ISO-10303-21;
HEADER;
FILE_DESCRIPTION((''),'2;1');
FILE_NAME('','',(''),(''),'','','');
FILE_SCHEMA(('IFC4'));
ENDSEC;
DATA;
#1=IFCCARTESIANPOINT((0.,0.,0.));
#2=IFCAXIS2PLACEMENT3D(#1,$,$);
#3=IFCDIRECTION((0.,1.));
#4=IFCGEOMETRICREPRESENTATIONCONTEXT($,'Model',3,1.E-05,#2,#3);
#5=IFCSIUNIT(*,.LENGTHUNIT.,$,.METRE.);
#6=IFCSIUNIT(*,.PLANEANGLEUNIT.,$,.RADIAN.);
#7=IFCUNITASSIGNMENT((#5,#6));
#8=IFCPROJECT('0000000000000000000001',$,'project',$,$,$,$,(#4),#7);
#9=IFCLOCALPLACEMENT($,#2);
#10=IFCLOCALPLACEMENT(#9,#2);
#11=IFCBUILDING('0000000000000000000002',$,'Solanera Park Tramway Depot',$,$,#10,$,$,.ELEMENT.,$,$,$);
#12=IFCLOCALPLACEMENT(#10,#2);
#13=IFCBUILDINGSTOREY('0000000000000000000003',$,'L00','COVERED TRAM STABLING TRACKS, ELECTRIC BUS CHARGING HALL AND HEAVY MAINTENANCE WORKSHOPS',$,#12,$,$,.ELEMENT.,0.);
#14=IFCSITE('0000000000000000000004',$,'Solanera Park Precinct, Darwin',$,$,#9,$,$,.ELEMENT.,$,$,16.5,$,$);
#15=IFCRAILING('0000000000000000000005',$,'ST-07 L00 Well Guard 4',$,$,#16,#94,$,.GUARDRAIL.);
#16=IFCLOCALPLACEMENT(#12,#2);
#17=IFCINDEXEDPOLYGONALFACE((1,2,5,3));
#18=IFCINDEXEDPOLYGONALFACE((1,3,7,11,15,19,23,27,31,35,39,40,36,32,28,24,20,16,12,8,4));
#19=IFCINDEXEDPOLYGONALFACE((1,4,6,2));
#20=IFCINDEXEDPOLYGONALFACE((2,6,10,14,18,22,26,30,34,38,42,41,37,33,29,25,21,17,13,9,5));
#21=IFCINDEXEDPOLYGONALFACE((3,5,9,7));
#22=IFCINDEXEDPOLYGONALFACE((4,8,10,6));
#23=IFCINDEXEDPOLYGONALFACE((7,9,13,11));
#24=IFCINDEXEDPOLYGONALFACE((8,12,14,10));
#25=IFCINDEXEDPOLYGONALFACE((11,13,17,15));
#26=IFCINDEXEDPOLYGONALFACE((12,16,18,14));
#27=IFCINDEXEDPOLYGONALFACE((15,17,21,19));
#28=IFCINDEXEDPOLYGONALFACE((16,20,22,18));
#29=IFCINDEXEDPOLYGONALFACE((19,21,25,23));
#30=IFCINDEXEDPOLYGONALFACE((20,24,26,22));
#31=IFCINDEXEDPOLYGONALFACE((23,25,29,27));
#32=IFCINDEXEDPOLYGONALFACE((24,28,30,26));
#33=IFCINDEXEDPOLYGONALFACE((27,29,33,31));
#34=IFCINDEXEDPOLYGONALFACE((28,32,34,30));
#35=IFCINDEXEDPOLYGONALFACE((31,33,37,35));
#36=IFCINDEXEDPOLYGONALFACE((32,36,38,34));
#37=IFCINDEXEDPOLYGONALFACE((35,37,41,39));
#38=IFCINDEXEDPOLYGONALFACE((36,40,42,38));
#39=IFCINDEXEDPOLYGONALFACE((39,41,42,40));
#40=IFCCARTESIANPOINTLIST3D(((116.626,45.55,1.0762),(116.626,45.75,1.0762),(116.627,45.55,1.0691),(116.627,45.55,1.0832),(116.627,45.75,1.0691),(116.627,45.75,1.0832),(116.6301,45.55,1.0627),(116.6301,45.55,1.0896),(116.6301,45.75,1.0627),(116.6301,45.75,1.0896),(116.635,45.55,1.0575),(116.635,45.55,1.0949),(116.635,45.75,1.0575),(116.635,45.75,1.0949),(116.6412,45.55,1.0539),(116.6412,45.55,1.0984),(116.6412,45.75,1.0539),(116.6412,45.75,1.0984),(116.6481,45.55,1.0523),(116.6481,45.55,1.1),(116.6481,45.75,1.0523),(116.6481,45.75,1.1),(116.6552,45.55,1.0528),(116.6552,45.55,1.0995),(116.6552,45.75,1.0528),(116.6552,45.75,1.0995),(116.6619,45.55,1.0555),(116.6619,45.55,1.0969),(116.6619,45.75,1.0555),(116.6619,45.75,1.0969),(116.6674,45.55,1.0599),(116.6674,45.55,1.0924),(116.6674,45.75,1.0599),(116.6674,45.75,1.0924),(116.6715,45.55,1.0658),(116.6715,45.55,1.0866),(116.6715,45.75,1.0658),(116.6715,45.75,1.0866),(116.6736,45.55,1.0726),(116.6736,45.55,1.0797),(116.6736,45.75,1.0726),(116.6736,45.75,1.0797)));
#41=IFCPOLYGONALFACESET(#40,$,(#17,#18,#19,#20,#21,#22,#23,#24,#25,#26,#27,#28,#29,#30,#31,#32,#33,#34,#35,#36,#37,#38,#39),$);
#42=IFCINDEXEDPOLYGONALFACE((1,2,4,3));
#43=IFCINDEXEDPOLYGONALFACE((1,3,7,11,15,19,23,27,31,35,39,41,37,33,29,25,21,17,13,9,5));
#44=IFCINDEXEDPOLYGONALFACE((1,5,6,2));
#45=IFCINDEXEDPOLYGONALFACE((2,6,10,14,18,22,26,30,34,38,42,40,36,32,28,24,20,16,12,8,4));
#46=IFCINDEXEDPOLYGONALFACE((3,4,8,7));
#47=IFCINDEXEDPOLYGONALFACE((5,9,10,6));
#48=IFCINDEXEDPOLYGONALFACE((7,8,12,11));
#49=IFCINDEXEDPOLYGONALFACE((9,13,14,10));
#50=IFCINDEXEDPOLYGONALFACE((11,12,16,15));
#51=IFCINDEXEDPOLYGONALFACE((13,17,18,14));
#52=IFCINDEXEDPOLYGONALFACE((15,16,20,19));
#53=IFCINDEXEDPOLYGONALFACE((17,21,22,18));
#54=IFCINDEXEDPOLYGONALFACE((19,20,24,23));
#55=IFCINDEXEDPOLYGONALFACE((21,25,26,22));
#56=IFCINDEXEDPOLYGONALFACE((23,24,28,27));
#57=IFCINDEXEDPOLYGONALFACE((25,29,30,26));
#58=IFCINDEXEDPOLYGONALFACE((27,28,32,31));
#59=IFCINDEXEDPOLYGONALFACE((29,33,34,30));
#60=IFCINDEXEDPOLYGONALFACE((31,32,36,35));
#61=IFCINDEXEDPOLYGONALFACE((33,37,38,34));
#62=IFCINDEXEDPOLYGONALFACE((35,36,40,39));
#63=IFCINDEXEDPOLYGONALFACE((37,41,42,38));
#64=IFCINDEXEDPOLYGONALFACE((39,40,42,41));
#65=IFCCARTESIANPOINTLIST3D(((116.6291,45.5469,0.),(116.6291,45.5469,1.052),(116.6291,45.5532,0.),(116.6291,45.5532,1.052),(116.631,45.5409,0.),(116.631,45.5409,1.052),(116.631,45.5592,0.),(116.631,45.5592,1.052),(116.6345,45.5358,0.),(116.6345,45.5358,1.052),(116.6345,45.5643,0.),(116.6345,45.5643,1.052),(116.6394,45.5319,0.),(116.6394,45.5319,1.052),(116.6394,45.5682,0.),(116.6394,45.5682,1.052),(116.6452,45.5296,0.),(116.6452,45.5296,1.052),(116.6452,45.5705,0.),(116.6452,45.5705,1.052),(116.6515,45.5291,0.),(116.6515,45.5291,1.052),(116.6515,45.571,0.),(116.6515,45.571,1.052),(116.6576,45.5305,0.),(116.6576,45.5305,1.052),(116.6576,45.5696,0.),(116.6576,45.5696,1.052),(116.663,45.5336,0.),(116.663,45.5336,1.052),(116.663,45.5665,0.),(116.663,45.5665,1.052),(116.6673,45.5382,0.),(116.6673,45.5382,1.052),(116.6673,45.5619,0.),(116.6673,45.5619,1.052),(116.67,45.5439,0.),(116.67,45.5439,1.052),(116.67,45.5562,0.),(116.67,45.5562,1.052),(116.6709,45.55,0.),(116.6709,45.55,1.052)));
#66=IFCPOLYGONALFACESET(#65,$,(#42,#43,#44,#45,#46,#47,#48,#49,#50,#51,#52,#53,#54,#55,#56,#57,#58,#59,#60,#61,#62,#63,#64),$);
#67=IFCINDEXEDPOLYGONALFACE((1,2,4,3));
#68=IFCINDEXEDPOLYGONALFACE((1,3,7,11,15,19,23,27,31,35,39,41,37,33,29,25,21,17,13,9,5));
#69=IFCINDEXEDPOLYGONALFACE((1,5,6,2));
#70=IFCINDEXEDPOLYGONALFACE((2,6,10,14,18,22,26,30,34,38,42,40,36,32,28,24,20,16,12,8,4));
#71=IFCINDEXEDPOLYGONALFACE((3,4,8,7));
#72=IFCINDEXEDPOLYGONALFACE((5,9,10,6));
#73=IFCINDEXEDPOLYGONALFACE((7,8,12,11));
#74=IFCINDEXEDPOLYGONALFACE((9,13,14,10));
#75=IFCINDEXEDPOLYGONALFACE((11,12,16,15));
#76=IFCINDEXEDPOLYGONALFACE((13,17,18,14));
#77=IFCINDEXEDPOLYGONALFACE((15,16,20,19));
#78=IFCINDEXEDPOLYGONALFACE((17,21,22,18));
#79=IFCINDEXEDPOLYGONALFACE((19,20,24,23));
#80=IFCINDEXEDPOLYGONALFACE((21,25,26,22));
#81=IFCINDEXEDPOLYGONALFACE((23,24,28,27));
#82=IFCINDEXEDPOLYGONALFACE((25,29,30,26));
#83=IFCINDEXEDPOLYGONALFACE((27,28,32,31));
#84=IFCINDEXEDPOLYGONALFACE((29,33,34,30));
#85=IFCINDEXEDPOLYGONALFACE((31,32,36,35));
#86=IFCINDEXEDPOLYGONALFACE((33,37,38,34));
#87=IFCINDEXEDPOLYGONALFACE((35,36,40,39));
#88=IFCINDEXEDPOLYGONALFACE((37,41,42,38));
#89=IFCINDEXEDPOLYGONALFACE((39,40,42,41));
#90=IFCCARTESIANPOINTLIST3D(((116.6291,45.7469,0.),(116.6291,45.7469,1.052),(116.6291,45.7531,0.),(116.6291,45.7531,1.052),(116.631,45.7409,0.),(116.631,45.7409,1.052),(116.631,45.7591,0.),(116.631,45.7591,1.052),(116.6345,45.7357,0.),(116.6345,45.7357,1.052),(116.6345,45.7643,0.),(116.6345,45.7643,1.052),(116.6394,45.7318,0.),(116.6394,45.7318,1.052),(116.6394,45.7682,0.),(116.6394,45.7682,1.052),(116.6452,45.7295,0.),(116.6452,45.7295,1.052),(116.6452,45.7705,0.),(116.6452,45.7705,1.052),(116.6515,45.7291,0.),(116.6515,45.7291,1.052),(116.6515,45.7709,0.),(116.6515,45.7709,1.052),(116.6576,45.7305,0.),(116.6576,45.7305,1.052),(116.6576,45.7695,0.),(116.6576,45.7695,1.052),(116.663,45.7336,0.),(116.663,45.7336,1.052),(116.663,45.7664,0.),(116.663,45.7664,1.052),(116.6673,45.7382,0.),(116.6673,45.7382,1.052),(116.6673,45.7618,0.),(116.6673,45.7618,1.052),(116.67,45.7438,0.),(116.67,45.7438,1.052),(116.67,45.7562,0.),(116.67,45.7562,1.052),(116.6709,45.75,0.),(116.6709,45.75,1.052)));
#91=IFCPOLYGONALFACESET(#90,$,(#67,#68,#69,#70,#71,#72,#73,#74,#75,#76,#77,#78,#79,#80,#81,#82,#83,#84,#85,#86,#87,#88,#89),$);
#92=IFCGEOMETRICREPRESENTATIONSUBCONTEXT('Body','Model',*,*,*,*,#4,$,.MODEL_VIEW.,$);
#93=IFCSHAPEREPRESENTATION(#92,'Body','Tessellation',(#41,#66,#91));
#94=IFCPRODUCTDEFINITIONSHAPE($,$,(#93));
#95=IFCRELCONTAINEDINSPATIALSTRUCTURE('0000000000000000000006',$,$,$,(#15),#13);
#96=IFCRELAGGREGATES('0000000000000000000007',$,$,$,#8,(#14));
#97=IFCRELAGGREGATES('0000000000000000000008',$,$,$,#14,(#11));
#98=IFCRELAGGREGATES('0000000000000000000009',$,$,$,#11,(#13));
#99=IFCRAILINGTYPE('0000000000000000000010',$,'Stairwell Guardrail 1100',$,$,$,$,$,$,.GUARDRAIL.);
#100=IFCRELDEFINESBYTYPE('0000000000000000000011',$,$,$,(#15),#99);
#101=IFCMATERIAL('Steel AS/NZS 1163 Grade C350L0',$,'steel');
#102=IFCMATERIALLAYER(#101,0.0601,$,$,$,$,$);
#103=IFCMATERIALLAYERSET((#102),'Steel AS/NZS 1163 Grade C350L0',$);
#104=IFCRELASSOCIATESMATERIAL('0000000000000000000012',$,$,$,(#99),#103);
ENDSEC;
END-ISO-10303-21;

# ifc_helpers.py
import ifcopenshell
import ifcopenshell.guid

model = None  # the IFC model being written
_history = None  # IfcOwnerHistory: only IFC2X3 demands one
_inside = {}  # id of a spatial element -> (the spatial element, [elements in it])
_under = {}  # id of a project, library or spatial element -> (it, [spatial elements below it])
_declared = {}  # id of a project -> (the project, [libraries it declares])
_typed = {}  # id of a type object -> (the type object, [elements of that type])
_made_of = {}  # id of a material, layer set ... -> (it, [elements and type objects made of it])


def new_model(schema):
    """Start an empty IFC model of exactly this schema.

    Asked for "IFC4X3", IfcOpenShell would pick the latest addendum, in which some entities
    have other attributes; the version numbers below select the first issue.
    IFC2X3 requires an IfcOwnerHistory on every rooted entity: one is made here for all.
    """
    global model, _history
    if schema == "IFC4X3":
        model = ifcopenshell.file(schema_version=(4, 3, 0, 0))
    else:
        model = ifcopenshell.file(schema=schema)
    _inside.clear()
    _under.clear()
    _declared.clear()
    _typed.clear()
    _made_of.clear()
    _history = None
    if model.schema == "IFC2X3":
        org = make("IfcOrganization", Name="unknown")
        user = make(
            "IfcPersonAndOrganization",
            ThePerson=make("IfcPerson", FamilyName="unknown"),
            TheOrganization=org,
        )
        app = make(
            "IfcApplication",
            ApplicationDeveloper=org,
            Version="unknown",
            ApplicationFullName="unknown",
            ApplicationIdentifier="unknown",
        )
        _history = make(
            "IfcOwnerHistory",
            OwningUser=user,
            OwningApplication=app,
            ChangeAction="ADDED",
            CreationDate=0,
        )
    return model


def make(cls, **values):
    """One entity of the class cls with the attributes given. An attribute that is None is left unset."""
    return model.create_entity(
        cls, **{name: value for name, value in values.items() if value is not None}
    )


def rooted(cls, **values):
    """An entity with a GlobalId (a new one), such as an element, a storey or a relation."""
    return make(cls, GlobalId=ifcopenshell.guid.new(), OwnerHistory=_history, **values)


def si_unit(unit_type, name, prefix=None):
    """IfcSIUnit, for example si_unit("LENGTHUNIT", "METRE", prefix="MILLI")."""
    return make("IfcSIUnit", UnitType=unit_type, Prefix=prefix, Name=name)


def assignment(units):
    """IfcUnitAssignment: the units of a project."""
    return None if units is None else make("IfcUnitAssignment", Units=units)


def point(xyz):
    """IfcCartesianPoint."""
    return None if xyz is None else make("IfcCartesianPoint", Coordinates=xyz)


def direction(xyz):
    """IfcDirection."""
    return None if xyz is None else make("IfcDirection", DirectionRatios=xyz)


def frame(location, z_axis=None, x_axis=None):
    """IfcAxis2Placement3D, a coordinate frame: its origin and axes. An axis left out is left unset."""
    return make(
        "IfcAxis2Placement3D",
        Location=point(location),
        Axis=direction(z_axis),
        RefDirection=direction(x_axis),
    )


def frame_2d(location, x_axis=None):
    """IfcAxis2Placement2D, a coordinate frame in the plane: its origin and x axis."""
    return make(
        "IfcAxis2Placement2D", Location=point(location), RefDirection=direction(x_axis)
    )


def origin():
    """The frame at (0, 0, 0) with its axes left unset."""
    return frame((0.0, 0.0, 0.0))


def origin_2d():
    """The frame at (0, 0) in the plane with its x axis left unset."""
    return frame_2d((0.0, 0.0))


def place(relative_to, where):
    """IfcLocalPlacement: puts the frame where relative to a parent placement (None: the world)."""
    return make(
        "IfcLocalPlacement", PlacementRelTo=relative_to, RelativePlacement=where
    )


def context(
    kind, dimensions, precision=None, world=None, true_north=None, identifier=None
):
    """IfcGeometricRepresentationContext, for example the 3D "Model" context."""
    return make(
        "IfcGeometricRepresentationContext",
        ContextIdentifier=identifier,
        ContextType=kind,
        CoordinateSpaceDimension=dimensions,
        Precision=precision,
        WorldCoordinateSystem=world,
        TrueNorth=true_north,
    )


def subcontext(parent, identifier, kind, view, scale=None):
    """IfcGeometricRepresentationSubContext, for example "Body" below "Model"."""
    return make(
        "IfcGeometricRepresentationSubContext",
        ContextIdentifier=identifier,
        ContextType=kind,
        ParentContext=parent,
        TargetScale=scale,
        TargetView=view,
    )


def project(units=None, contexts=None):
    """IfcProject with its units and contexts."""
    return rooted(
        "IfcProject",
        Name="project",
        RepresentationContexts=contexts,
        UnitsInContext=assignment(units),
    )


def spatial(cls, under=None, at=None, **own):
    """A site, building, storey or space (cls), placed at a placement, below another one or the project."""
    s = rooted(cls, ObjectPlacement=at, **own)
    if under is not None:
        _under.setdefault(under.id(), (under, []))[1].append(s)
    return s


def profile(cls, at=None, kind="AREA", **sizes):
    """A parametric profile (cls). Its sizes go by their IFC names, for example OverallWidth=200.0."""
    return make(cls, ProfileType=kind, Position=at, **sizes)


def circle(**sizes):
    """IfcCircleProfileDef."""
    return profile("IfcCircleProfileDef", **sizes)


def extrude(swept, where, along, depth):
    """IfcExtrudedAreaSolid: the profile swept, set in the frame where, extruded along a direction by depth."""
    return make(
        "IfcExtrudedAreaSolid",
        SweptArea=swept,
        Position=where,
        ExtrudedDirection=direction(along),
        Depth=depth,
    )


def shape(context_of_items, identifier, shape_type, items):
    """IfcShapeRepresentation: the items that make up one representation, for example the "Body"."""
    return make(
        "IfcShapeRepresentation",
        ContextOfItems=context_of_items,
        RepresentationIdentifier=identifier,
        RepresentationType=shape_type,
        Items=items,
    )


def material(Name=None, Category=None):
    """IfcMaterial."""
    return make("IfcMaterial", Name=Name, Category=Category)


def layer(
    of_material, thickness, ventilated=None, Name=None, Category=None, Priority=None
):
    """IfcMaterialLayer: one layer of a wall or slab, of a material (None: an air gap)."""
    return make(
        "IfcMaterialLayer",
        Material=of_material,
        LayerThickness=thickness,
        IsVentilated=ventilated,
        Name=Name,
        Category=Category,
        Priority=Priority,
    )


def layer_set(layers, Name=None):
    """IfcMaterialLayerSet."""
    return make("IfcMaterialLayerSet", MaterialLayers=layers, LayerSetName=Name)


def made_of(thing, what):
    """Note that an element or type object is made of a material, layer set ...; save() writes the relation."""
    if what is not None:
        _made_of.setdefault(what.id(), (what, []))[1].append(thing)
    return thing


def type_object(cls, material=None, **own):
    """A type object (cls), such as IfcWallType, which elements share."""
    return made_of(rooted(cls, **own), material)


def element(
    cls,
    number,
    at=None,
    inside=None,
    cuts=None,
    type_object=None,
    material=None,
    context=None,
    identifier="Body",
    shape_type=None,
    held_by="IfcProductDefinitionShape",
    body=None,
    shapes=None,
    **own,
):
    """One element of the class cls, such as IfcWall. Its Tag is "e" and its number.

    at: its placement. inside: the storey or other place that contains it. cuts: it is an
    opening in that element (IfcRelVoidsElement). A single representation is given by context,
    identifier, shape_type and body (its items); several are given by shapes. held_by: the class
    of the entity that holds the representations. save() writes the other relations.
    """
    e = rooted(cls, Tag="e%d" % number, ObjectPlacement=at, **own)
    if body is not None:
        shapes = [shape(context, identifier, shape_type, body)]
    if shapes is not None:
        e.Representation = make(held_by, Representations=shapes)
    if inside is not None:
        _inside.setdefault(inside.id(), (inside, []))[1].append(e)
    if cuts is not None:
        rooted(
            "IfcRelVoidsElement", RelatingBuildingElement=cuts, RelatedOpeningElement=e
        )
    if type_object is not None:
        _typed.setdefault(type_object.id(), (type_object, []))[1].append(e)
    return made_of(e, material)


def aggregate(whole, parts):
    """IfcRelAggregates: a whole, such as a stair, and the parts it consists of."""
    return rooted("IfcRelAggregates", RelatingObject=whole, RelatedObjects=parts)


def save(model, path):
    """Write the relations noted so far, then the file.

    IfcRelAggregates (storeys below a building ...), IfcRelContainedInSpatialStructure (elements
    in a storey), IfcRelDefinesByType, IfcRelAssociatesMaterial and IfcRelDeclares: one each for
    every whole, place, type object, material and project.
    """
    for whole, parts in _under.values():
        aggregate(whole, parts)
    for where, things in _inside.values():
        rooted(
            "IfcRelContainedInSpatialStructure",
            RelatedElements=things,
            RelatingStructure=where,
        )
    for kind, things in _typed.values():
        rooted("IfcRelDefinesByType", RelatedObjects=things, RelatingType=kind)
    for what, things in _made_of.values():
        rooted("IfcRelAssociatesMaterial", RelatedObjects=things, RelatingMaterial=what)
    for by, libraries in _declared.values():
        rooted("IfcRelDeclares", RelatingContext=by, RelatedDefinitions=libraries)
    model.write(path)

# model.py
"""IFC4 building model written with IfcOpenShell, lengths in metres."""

from ifc_helpers import new_model, si_unit, direction, frame, origin, origin_2d, place, context, subcontext, project, spatial, circle, extrude, material, layer, layer_set, type_object, element, save


model = new_model("IFC4")

# Units and contexts
model_context = context("Model", 3, precision=1e-05, world=origin(), true_north=direction((0.0, 1.0)))
body_context = subcontext(model_context, "Body", "Model", "MODEL_VIEW")
ifc_project = project(units=[si_unit("LENGTHUNIT", "METRE"), si_unit("PLANEANGLEUNIT", "RADIAN")], contexts=[model_context])

# Site, building, storey
site_placement = place(None, origin())
site = spatial("IfcSite", under=ifc_project, at=site_placement, Name="Solanera Park Precinct, Darwin", CompositionType="ELEMENT", RefElevation=16.5)
building_placement = place(site_placement, origin())
building = spatial("IfcBuilding", under=site, at=building_placement, Name="Solanera Park Tramway Depot", CompositionType="ELEMENT")
storey_placement = place(building_placement, origin())
storey = spatial("IfcBuildingStorey", under=building, at=storey_placement, Name="L00", Description="COVERED TRAM STABLING TRACKS, ELECTRIC BUS CHARGING HALL AND HEAVY MAINTENANCE WORKSHOPS", CompositionType="ELEMENT", Elevation=0.0)

# Railing
ifc_material_1 = material(Name="Steel AS/NZS 1163 Grade C350L0", Category="steel")
ifc_layer_1 = layer(ifc_material_1, 0.0601)
ifc_layer_set_1 = layer_set([ifc_layer_1], Name="Steel AS/NZS 1163 Grade C350L0")
railing_type_1 = type_object("IfcRailingType", Name="Stairwell Guardrail 1100", PredefinedType="GUARDRAIL", material=ifc_layer_set_1)
railing_1_placement = place(storey_placement, frame((116.6499, 45.55, 0.0)))
element("IfcRailing", 1, at=railing_1_placement, inside=storey, type_object=railing_type_1, Name="ST-07 L00 Well Guard 4", PredefinedType="GUARDRAIL", context=body_context, shape_type="SweptSolid", body=[
    extrude(circle(Radius=0.0239, at=origin_2d()), frame((0.0, 0.0, 1.0762), z_axis=(0.0, 1.0, 0.0), x_axis=(-1.0, 0.0, 0.0)), (0.0, 0.0, 1.0), 0.2),
    extrude(circle(Radius=0.021, at=origin_2d()), origin(), (0.0, 0.0, 1.0), 1.052),
    extrude(circle(Radius=0.021, at=origin_2d()), frame((0.0, 0.2, 0.0)), (0.0, 0.0, 1.0), 1.052),
])

save(model, "model.ifc")
